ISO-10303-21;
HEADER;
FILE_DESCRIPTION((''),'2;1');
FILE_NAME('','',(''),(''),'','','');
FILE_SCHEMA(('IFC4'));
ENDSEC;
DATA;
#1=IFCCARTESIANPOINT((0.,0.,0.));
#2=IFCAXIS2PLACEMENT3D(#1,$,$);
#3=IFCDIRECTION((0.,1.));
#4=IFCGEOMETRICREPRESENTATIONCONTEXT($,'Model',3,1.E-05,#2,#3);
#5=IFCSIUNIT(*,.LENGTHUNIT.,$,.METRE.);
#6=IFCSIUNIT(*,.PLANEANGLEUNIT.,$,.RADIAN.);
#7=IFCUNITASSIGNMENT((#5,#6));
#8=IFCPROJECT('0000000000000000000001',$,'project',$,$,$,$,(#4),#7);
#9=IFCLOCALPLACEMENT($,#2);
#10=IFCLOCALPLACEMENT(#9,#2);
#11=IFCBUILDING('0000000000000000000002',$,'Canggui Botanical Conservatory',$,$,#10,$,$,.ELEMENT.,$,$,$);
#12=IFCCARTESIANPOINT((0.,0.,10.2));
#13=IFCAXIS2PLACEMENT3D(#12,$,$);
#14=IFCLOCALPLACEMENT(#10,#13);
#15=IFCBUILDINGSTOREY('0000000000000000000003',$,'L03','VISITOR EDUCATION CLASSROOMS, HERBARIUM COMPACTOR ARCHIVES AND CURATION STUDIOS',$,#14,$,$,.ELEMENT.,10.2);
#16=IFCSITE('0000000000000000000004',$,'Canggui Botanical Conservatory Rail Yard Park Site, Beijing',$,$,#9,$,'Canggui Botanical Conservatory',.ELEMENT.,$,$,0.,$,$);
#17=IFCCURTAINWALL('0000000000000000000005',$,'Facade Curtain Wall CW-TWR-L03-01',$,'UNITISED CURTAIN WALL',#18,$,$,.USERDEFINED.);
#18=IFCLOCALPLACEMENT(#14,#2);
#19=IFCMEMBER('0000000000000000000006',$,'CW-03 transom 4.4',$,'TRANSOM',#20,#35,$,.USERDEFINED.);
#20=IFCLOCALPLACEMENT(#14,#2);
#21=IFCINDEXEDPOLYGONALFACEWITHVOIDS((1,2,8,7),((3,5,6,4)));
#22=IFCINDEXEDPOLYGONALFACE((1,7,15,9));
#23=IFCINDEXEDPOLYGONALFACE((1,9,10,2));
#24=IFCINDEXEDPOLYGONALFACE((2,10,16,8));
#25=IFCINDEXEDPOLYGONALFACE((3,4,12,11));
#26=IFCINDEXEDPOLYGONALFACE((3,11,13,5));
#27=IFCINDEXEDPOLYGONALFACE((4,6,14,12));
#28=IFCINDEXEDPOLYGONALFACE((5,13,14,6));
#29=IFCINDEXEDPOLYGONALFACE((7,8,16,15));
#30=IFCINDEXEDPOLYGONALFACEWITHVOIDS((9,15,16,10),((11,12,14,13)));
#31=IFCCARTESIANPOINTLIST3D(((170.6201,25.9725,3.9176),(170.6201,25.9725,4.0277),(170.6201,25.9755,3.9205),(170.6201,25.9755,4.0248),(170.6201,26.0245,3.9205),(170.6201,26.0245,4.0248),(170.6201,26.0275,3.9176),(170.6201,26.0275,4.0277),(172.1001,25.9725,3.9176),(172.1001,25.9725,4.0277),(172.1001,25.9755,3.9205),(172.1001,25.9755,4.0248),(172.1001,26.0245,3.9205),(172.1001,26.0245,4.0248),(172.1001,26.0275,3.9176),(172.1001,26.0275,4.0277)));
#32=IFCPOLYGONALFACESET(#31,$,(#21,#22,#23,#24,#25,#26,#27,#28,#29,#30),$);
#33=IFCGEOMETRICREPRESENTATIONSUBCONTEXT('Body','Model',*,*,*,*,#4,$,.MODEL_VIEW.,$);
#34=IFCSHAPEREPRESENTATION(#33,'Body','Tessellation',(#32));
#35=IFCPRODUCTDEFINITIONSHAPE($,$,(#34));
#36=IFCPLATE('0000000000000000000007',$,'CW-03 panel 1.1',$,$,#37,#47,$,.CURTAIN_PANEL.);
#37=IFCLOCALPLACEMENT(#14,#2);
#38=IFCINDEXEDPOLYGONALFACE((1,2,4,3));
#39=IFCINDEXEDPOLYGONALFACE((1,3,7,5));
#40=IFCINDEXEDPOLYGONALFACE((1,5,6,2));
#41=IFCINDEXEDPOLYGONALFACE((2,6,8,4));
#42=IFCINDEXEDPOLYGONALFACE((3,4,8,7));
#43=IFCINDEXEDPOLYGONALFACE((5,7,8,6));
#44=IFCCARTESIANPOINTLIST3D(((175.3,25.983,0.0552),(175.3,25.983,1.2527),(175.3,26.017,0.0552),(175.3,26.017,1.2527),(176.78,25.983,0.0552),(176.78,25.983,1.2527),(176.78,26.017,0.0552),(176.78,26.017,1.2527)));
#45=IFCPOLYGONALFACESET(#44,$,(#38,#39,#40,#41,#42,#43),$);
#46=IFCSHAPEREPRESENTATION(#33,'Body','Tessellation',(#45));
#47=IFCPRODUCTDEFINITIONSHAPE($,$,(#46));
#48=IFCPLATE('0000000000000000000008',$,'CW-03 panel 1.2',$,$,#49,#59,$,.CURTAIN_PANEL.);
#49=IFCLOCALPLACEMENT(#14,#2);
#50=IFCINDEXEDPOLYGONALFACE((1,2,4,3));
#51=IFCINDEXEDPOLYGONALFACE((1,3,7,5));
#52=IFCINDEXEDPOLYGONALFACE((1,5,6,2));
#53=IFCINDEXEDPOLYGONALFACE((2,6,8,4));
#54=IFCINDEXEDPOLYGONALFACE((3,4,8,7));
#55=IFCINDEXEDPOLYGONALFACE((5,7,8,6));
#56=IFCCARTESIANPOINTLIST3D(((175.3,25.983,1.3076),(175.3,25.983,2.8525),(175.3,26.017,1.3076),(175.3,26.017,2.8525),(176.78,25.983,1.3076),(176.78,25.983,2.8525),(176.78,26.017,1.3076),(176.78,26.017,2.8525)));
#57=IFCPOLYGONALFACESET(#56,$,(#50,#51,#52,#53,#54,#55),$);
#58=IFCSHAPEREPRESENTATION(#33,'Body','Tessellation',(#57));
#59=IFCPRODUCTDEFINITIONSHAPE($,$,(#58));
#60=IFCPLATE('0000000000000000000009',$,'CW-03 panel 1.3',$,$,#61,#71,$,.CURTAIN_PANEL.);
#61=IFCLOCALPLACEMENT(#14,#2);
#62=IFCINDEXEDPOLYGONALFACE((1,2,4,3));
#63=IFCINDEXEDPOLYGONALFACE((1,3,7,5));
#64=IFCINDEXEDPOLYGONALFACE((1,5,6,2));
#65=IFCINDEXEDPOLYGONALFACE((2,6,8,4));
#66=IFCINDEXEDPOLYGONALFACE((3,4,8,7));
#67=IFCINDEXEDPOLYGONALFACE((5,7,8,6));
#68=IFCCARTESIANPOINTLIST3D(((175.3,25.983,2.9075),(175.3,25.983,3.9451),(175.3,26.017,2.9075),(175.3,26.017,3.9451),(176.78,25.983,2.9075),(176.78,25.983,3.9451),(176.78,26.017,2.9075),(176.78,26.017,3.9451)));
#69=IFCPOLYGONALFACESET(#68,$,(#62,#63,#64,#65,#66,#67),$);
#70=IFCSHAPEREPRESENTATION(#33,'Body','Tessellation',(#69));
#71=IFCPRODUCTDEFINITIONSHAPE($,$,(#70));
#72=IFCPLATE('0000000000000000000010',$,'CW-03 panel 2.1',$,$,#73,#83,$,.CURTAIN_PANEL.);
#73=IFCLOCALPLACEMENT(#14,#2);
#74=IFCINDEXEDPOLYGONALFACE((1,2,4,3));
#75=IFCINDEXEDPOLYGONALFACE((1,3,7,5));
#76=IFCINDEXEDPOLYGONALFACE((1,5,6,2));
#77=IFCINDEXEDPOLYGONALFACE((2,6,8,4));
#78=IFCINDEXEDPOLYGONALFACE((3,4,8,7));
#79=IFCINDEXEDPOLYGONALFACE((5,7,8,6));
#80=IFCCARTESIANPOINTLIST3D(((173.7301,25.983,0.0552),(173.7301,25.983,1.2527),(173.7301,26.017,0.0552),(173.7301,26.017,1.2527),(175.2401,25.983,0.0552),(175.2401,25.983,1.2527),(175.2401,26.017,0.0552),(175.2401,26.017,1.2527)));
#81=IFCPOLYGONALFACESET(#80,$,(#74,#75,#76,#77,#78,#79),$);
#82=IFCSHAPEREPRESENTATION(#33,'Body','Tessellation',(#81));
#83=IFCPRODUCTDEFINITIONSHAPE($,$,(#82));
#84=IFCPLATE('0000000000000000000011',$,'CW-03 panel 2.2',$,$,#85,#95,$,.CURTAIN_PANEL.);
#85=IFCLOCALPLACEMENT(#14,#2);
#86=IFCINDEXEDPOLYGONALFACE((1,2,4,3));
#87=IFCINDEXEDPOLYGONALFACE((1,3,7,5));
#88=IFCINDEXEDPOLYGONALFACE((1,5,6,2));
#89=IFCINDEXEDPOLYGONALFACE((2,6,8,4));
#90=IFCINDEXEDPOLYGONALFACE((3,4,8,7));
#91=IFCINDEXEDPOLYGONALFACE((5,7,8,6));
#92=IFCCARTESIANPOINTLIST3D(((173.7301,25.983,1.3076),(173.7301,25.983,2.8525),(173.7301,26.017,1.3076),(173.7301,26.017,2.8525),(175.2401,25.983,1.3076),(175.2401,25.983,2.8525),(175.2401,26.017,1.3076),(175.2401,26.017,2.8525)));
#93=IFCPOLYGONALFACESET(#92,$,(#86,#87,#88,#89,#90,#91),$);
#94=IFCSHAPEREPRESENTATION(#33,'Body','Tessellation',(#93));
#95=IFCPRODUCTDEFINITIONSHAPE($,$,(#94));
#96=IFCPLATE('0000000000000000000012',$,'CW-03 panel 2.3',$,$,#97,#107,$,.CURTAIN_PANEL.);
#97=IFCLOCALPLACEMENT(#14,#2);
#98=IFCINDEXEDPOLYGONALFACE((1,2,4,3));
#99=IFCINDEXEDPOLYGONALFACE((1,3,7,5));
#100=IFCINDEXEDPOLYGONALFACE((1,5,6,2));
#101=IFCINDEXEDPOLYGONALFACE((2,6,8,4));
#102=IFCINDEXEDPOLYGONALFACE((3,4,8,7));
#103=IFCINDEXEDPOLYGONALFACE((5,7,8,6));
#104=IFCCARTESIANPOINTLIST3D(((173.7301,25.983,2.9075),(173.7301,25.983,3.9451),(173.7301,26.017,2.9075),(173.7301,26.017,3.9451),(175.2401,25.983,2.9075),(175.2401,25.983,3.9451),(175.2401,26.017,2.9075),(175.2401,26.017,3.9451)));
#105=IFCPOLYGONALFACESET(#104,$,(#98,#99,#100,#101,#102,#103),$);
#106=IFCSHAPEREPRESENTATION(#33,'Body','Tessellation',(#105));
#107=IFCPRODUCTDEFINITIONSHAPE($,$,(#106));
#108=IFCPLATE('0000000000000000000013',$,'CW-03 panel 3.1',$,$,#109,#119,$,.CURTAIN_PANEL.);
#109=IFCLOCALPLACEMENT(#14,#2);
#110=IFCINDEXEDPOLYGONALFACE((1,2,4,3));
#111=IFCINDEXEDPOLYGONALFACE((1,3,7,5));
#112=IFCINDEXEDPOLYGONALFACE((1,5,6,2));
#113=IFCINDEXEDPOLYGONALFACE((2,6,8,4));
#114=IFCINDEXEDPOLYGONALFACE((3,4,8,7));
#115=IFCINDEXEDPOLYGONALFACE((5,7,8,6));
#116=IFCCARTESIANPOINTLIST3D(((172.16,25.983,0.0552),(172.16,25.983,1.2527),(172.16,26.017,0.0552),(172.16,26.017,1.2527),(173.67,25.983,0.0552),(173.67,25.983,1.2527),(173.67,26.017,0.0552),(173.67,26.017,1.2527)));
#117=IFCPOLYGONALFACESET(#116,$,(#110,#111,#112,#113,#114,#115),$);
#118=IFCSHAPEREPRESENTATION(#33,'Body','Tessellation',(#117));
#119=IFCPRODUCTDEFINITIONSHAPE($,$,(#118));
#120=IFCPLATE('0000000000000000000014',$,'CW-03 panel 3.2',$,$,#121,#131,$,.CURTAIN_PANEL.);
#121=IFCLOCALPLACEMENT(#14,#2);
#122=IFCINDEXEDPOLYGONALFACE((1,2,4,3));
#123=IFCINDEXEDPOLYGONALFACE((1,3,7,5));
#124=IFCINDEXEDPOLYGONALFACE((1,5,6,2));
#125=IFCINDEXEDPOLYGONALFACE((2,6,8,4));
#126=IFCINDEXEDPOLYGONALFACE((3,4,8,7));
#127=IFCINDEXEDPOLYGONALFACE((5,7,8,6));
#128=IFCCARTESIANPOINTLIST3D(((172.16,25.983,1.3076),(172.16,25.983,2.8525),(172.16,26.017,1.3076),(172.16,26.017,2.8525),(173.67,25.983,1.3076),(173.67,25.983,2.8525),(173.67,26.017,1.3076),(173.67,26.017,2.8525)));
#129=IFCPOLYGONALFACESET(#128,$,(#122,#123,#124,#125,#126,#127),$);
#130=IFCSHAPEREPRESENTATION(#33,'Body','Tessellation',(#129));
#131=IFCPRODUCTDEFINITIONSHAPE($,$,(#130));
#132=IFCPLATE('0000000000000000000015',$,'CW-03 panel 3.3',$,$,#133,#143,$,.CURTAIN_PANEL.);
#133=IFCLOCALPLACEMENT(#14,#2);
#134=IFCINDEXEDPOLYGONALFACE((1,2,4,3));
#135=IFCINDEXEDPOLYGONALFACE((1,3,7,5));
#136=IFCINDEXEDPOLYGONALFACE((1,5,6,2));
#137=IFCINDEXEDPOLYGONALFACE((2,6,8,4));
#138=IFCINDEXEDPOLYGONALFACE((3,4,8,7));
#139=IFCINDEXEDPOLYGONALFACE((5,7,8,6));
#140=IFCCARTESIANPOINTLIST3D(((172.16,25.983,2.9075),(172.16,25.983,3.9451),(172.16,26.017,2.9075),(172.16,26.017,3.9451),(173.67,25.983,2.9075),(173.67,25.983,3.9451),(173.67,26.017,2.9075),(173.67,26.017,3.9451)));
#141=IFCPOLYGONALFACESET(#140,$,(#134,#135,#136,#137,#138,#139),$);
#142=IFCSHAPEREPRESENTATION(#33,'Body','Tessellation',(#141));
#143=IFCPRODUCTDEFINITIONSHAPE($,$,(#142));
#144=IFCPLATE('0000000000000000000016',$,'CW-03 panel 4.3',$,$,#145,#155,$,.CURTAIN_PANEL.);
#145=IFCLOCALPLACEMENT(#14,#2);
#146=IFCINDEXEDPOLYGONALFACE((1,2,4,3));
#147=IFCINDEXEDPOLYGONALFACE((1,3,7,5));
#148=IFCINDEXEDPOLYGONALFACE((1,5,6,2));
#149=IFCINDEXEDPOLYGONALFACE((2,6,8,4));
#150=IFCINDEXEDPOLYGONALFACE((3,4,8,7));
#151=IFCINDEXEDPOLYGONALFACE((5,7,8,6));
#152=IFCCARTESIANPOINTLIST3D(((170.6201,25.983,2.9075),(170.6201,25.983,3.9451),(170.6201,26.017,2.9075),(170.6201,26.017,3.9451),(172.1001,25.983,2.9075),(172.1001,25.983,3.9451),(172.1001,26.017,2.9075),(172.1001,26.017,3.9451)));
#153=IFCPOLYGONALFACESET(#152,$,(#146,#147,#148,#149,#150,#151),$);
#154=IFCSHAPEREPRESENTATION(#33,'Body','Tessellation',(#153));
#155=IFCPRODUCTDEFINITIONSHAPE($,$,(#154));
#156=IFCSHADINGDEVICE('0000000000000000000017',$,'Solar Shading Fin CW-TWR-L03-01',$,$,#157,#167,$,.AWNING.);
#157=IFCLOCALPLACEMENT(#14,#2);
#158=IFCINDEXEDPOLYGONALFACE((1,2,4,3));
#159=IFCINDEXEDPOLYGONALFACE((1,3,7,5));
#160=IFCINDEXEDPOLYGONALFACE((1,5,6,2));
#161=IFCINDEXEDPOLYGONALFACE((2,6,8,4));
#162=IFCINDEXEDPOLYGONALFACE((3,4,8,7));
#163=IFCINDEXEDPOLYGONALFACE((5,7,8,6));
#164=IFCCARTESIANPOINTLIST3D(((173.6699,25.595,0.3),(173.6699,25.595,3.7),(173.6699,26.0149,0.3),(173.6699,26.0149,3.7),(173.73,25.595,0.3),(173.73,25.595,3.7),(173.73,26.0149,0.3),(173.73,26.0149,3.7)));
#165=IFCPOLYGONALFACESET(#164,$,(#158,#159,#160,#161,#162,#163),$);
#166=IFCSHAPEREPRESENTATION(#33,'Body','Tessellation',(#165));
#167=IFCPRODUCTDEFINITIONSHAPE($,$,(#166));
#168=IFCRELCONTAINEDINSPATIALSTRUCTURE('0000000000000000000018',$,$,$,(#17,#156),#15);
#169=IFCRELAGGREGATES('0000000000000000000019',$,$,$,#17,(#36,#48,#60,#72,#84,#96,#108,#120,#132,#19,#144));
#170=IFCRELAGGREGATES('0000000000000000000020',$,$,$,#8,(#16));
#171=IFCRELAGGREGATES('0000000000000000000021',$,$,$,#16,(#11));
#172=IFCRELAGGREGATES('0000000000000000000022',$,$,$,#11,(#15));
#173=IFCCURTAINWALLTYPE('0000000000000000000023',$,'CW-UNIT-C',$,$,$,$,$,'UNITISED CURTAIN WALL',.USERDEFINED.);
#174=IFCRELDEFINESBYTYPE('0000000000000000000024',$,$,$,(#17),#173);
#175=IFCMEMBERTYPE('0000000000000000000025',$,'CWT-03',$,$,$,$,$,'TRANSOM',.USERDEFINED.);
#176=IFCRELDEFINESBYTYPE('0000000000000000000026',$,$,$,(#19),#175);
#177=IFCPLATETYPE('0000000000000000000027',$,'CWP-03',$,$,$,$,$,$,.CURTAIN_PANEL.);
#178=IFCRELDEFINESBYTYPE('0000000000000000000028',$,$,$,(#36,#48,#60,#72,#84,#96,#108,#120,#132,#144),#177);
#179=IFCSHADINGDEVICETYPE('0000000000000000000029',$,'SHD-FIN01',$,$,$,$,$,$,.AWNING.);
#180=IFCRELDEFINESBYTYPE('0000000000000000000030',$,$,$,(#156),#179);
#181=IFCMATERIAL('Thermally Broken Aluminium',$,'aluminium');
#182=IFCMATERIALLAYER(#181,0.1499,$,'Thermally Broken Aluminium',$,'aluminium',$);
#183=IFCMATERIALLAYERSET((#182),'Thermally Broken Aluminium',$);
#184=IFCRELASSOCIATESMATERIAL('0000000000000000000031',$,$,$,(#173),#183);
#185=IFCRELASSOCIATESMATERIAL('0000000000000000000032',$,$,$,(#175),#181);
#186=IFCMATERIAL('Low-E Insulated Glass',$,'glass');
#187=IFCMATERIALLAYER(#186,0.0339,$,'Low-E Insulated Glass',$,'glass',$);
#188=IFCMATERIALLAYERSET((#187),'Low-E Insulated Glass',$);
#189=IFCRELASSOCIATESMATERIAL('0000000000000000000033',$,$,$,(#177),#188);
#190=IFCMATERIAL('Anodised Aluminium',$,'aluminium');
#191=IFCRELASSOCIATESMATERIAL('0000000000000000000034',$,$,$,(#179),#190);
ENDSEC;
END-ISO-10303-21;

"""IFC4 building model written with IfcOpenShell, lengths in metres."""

from ifc_helpers import new_model, si_unit, direction, frame, origin, origin_2d, place, context, subcontext, project, spatial, rectangle, hollow_rectangle, extrude, material, layer, layer_set, material_profile, profile_set, type_object, element, aggregate, save


model = new_model("IFC4")

# Units and contexts
model_context = context("Model", 3, precision=1e-05, world=origin(), true_north=direction((0.0, 1.0)))
body_context = subcontext(model_context, "Body", "Model", "MODEL_VIEW")
ifc_project = project(units=[si_unit("LENGTHUNIT", "METRE"), si_unit("PLANEANGLEUNIT", "RADIAN")], contexts=[model_context])

# Site, building, storey
site_placement = place(None, origin())
site = spatial("IfcSite", under=ifc_project, at=site_placement, Name="Canggui Botanical Conservatory Rail Yard Park Site, Beijing", LongName="Canggui Botanical Conservatory", CompositionType="ELEMENT", RefElevation=0.0)
building_placement = place(site_placement, origin())
building = spatial("IfcBuilding", under=site, at=building_placement, Name="Canggui Botanical Conservatory", CompositionType="ELEMENT")
storey_placement = place(building_placement, frame((0.0, 0.0, 10.2)))
storey = spatial("IfcBuildingStorey", under=building, at=storey_placement, Name="L03", Description="VISITOR EDUCATION CLASSROOMS, HERBARIUM COMPACTOR ARCHIVES AND CURATION STUDIOS", CompositionType="ELEMENT", Elevation=10.2)

# Curtain wall, member, plates
ifc_material_1 = material(Name="Thermally Broken Aluminium", Category="aluminium")
ifc_layer_1 = layer(ifc_material_1, 0.1499, Name="Thermally Broken Aluminium", Category="aluminium")
ifc_layer_set_1 = layer_set([ifc_layer_1], Name="Thermally Broken Aluminium")
curtain_wall_type = type_object("IfcCurtainWallType", Name="CW-UNIT-C", ElementType="UNITISED CURTAIN WALL", PredefinedType="USERDEFINED", material=ifc_layer_set_1)
curtain_wall_placement = place(storey_placement, origin())
curtain_wall = element("IfcCurtainWall", 1, at=curtain_wall_placement, inside=storey, type_object=curtain_wall_type, Name="Facade Curtain Wall CW-TWR-L03-01", ObjectType="UNITISED CURTAIN WALL", PredefinedType="USERDEFINED")
ifc_material_profile_1 = material_profile(ifc_material_1, hollow_rectangle(XDim=0.0549, YDim=0.1101, WallThickness=0.0029, at=origin_2d()), Name="CWT 55x110x3")
ifc_profile_set_1 = profile_set([ifc_material_profile_1], Name="Thermally Broken Aluminium")
member_type_1 = type_object("IfcMemberType", Name="CWT-03", ElementType="TRANSOM", PredefinedType="USERDEFINED", material=ifc_profile_set_1)
member_1_placement = place(storey_placement, frame((172.1001, 26.0, 3.9727), z_axis=(-1.0, 0.0, 0.0), x_axis=(0.0, -1.0, 0.0)))
member_1 = element("IfcMember", 2, at=member_1_placement, type_object=member_type_1, Name="CW-03 transom 4.4", ObjectType="TRANSOM", PredefinedType="USERDEFINED", context=body_context, shape_type="SweptSolid", body=[
    extrude(hollow_rectangle(XDim=0.0549, YDim=0.1101, WallThickness=0.0029, at=origin_2d()), origin(), (0.0, 0.0, 1.0), 1.48),
])
ifc_material_2 = material(Name="Low-E Insulated Glass", Category="glass")
ifc_layer_2 = layer(ifc_material_2, 0.0339, Name="Low-E Insulated Glass", Category="glass")
ifc_layer_set_2 = layer_set([ifc_layer_2], Name="Low-E Insulated Glass")
plate_type = type_object("IfcPlateType", Name="CWP-03", PredefinedType="CURTAIN_PANEL", material=ifc_layer_set_2)
plate_1_placement = place(storey_placement, frame((176.04, 26.0, 0.0552), z_axis=(0.0, 0.0, 1.0), x_axis=(-1.0, 0.0, 0.0)))
plate_1 = element("IfcPlate", 3, at=plate_1_placement, type_object=plate_type, Name="CW-03 panel 1.1", PredefinedType="CURTAIN_PANEL", context=body_context, shape_type="SweptSolid", body=[
    extrude(rectangle(XDim=1.48, YDim=0.0339, at=origin_2d()), origin(), (0.0, 0.0, 1.0), 1.1975),
])
plate_2_placement = place(storey_placement, frame((176.04, 26.0, 1.3076), z_axis=(0.0, 0.0, 1.0), x_axis=(-1.0, 0.0, 0.0)))
plate_2 = element("IfcPlate", 4, at=plate_2_placement, type_object=plate_type, Name="CW-03 panel 1.2", PredefinedType="CURTAIN_PANEL", context=body_context, shape_type="SweptSolid", body=[
    extrude(rectangle(XDim=1.48, YDim=0.0339, at=origin_2d()), origin(), (0.0, 0.0, 1.0), 1.5449),
])
plate_3_placement = place(storey_placement, frame((176.04, 26.0, 2.9075), z_axis=(0.0, 0.0, 1.0), x_axis=(-1.0, 0.0, 0.0)))
plate_3 = element("IfcPlate", 5, at=plate_3_placement, type_object=plate_type, Name="CW-03 panel 1.3", PredefinedType="CURTAIN_PANEL", context=body_context, shape_type="SweptSolid", body=[
    extrude(rectangle(XDim=1.48, YDim=0.0339, at=origin_2d()), origin(), (0.0, 0.0, 1.0), 1.0376),
])
plate_4_placement = place(storey_placement, frame((174.4851, 26.0, 0.0552), z_axis=(0.0, 0.0, 1.0), x_axis=(-1.0, 0.0, 0.0)))
plate_4 = element("IfcPlate", 6, at=plate_4_placement, type_object=plate_type, Name="CW-03 panel 2.1", PredefinedType="CURTAIN_PANEL", context=body_context, shape_type="SweptSolid", body=[
    extrude(rectangle(XDim=1.51, YDim=0.0339, at=origin_2d()), origin(), (0.0, 0.0, 1.0), 1.1975),
])
plate_5_placement = place(storey_placement, frame((174.4851, 26.0, 1.3076), z_axis=(0.0, 0.0, 1.0), x_axis=(-1.0, 0.0, 0.0)))
plate_5 = element("IfcPlate", 7, at=plate_5_placement, type_object=plate_type, Name="CW-03 panel 2.2", PredefinedType="CURTAIN_PANEL", context=body_context, shape_type="SweptSolid", body=[
    extrude(rectangle(XDim=1.51, YDim=0.0339, at=origin_2d()), origin(), (0.0, 0.0, 1.0), 1.5449),
])
plate_6_placement = place(storey_placement, frame((174.4851, 26.0, 2.9075), z_axis=(0.0, 0.0, 1.0), x_axis=(-1.0, 0.0, 0.0)))
plate_6 = element("IfcPlate", 8, at=plate_6_placement, type_object=plate_type, Name="CW-03 panel 2.3", PredefinedType="CURTAIN_PANEL", context=body_context, shape_type="SweptSolid", body=[
    extrude(rectangle(XDim=1.51, YDim=0.0339, at=origin_2d()), origin(), (0.0, 0.0, 1.0), 1.0376),
])
plate_7_placement = place(storey_placement, frame((172.915, 26.0, 0.0552), z_axis=(0.0, 0.0, 1.0), x_axis=(-1.0, 0.0, 0.0)))
plate_7 = element("IfcPlate", 9, at=plate_7_placement, type_object=plate_type, Name="CW-03 panel 3.1", PredefinedType="CURTAIN_PANEL", context=body_context, shape_type="SweptSolid", body=[
    extrude(rectangle(XDim=1.51, YDim=0.0339, at=origin_2d()), origin(), (0.0, 0.0, 1.0), 1.1975),
])
plate_8_placement = place(storey_placement, frame((172.915, 26.0, 1.3076), z_axis=(0.0, 0.0, 1.0), x_axis=(-1.0, 0.0, 0.0)))
plate_8 = element("IfcPlate", 10, at=plate_8_placement, type_object=plate_type, Name="CW-03 panel 3.2", PredefinedType="CURTAIN_PANEL", context=body_context, shape_type="SweptSolid", body=[
    extrude(rectangle(XDim=1.51, YDim=0.0339, at=origin_2d()), origin(), (0.0, 0.0, 1.0), 1.5449),
])
plate_9_placement = place(storey_placement, frame((172.915, 26.0, 2.9075), z_axis=(0.0, 0.0, 1.0), x_axis=(-1.0, 0.0, 0.0)))
plate_9 = element("IfcPlate", 11, at=plate_9_placement, type_object=plate_type, Name="CW-03 panel 3.3", PredefinedType="CURTAIN_PANEL", context=body_context, shape_type="SweptSolid", body=[
    extrude(rectangle(XDim=1.51, YDim=0.0339, at=origin_2d()), origin(), (0.0, 0.0, 1.0), 1.0376),
])
plate_10_placement = place(storey_placement, frame((171.3601, 26.0, 2.9075), z_axis=(0.0, 0.0, 1.0), x_axis=(-1.0, 0.0, 0.0)))
plate_10 = element("IfcPlate", 12, at=plate_10_placement, type_object=plate_type, Name="CW-03 panel 4.3", PredefinedType="CURTAIN_PANEL", context=body_context, shape_type="SweptSolid", body=[
    extrude(rectangle(XDim=1.48, YDim=0.0339, at=origin_2d()), origin(), (0.0, 0.0, 1.0), 1.0376),
])
aggregate(curtain_wall, [plate_1, plate_2, plate_3, plate_4, plate_5, plate_6, plate_7, plate_8, plate_9, member_1, plate_10])

# Shading device
ifc_material_3 = material(Name="Anodised Aluminium", Category="aluminium")
shading_device_type = type_object("IfcShadingDeviceType", Name="SHD-FIN01", PredefinedType="AWNING", material=ifc_material_3)
shading_device_placement = place(storey_placement, frame((173.7, 25.8049, 0.3), z_axis=(0.0, 0.0, 1.0), x_axis=(-1.0, 0.0, 0.0)))
element("IfcShadingDevice", 13, at=shading_device_placement, inside=storey, type_object=shading_device_type, Name="Solar Shading Fin CW-TWR-L03-01", PredefinedType="AWNING", context=body_context, shape_type="SweptSolid", body=[
    extrude(rectangle(XDim=0.0601, YDim=0.4199, at=origin_2d()), origin(), (0.0, 0.0, 1.0), 3.3999),
])

save(model, "model.ifc")
